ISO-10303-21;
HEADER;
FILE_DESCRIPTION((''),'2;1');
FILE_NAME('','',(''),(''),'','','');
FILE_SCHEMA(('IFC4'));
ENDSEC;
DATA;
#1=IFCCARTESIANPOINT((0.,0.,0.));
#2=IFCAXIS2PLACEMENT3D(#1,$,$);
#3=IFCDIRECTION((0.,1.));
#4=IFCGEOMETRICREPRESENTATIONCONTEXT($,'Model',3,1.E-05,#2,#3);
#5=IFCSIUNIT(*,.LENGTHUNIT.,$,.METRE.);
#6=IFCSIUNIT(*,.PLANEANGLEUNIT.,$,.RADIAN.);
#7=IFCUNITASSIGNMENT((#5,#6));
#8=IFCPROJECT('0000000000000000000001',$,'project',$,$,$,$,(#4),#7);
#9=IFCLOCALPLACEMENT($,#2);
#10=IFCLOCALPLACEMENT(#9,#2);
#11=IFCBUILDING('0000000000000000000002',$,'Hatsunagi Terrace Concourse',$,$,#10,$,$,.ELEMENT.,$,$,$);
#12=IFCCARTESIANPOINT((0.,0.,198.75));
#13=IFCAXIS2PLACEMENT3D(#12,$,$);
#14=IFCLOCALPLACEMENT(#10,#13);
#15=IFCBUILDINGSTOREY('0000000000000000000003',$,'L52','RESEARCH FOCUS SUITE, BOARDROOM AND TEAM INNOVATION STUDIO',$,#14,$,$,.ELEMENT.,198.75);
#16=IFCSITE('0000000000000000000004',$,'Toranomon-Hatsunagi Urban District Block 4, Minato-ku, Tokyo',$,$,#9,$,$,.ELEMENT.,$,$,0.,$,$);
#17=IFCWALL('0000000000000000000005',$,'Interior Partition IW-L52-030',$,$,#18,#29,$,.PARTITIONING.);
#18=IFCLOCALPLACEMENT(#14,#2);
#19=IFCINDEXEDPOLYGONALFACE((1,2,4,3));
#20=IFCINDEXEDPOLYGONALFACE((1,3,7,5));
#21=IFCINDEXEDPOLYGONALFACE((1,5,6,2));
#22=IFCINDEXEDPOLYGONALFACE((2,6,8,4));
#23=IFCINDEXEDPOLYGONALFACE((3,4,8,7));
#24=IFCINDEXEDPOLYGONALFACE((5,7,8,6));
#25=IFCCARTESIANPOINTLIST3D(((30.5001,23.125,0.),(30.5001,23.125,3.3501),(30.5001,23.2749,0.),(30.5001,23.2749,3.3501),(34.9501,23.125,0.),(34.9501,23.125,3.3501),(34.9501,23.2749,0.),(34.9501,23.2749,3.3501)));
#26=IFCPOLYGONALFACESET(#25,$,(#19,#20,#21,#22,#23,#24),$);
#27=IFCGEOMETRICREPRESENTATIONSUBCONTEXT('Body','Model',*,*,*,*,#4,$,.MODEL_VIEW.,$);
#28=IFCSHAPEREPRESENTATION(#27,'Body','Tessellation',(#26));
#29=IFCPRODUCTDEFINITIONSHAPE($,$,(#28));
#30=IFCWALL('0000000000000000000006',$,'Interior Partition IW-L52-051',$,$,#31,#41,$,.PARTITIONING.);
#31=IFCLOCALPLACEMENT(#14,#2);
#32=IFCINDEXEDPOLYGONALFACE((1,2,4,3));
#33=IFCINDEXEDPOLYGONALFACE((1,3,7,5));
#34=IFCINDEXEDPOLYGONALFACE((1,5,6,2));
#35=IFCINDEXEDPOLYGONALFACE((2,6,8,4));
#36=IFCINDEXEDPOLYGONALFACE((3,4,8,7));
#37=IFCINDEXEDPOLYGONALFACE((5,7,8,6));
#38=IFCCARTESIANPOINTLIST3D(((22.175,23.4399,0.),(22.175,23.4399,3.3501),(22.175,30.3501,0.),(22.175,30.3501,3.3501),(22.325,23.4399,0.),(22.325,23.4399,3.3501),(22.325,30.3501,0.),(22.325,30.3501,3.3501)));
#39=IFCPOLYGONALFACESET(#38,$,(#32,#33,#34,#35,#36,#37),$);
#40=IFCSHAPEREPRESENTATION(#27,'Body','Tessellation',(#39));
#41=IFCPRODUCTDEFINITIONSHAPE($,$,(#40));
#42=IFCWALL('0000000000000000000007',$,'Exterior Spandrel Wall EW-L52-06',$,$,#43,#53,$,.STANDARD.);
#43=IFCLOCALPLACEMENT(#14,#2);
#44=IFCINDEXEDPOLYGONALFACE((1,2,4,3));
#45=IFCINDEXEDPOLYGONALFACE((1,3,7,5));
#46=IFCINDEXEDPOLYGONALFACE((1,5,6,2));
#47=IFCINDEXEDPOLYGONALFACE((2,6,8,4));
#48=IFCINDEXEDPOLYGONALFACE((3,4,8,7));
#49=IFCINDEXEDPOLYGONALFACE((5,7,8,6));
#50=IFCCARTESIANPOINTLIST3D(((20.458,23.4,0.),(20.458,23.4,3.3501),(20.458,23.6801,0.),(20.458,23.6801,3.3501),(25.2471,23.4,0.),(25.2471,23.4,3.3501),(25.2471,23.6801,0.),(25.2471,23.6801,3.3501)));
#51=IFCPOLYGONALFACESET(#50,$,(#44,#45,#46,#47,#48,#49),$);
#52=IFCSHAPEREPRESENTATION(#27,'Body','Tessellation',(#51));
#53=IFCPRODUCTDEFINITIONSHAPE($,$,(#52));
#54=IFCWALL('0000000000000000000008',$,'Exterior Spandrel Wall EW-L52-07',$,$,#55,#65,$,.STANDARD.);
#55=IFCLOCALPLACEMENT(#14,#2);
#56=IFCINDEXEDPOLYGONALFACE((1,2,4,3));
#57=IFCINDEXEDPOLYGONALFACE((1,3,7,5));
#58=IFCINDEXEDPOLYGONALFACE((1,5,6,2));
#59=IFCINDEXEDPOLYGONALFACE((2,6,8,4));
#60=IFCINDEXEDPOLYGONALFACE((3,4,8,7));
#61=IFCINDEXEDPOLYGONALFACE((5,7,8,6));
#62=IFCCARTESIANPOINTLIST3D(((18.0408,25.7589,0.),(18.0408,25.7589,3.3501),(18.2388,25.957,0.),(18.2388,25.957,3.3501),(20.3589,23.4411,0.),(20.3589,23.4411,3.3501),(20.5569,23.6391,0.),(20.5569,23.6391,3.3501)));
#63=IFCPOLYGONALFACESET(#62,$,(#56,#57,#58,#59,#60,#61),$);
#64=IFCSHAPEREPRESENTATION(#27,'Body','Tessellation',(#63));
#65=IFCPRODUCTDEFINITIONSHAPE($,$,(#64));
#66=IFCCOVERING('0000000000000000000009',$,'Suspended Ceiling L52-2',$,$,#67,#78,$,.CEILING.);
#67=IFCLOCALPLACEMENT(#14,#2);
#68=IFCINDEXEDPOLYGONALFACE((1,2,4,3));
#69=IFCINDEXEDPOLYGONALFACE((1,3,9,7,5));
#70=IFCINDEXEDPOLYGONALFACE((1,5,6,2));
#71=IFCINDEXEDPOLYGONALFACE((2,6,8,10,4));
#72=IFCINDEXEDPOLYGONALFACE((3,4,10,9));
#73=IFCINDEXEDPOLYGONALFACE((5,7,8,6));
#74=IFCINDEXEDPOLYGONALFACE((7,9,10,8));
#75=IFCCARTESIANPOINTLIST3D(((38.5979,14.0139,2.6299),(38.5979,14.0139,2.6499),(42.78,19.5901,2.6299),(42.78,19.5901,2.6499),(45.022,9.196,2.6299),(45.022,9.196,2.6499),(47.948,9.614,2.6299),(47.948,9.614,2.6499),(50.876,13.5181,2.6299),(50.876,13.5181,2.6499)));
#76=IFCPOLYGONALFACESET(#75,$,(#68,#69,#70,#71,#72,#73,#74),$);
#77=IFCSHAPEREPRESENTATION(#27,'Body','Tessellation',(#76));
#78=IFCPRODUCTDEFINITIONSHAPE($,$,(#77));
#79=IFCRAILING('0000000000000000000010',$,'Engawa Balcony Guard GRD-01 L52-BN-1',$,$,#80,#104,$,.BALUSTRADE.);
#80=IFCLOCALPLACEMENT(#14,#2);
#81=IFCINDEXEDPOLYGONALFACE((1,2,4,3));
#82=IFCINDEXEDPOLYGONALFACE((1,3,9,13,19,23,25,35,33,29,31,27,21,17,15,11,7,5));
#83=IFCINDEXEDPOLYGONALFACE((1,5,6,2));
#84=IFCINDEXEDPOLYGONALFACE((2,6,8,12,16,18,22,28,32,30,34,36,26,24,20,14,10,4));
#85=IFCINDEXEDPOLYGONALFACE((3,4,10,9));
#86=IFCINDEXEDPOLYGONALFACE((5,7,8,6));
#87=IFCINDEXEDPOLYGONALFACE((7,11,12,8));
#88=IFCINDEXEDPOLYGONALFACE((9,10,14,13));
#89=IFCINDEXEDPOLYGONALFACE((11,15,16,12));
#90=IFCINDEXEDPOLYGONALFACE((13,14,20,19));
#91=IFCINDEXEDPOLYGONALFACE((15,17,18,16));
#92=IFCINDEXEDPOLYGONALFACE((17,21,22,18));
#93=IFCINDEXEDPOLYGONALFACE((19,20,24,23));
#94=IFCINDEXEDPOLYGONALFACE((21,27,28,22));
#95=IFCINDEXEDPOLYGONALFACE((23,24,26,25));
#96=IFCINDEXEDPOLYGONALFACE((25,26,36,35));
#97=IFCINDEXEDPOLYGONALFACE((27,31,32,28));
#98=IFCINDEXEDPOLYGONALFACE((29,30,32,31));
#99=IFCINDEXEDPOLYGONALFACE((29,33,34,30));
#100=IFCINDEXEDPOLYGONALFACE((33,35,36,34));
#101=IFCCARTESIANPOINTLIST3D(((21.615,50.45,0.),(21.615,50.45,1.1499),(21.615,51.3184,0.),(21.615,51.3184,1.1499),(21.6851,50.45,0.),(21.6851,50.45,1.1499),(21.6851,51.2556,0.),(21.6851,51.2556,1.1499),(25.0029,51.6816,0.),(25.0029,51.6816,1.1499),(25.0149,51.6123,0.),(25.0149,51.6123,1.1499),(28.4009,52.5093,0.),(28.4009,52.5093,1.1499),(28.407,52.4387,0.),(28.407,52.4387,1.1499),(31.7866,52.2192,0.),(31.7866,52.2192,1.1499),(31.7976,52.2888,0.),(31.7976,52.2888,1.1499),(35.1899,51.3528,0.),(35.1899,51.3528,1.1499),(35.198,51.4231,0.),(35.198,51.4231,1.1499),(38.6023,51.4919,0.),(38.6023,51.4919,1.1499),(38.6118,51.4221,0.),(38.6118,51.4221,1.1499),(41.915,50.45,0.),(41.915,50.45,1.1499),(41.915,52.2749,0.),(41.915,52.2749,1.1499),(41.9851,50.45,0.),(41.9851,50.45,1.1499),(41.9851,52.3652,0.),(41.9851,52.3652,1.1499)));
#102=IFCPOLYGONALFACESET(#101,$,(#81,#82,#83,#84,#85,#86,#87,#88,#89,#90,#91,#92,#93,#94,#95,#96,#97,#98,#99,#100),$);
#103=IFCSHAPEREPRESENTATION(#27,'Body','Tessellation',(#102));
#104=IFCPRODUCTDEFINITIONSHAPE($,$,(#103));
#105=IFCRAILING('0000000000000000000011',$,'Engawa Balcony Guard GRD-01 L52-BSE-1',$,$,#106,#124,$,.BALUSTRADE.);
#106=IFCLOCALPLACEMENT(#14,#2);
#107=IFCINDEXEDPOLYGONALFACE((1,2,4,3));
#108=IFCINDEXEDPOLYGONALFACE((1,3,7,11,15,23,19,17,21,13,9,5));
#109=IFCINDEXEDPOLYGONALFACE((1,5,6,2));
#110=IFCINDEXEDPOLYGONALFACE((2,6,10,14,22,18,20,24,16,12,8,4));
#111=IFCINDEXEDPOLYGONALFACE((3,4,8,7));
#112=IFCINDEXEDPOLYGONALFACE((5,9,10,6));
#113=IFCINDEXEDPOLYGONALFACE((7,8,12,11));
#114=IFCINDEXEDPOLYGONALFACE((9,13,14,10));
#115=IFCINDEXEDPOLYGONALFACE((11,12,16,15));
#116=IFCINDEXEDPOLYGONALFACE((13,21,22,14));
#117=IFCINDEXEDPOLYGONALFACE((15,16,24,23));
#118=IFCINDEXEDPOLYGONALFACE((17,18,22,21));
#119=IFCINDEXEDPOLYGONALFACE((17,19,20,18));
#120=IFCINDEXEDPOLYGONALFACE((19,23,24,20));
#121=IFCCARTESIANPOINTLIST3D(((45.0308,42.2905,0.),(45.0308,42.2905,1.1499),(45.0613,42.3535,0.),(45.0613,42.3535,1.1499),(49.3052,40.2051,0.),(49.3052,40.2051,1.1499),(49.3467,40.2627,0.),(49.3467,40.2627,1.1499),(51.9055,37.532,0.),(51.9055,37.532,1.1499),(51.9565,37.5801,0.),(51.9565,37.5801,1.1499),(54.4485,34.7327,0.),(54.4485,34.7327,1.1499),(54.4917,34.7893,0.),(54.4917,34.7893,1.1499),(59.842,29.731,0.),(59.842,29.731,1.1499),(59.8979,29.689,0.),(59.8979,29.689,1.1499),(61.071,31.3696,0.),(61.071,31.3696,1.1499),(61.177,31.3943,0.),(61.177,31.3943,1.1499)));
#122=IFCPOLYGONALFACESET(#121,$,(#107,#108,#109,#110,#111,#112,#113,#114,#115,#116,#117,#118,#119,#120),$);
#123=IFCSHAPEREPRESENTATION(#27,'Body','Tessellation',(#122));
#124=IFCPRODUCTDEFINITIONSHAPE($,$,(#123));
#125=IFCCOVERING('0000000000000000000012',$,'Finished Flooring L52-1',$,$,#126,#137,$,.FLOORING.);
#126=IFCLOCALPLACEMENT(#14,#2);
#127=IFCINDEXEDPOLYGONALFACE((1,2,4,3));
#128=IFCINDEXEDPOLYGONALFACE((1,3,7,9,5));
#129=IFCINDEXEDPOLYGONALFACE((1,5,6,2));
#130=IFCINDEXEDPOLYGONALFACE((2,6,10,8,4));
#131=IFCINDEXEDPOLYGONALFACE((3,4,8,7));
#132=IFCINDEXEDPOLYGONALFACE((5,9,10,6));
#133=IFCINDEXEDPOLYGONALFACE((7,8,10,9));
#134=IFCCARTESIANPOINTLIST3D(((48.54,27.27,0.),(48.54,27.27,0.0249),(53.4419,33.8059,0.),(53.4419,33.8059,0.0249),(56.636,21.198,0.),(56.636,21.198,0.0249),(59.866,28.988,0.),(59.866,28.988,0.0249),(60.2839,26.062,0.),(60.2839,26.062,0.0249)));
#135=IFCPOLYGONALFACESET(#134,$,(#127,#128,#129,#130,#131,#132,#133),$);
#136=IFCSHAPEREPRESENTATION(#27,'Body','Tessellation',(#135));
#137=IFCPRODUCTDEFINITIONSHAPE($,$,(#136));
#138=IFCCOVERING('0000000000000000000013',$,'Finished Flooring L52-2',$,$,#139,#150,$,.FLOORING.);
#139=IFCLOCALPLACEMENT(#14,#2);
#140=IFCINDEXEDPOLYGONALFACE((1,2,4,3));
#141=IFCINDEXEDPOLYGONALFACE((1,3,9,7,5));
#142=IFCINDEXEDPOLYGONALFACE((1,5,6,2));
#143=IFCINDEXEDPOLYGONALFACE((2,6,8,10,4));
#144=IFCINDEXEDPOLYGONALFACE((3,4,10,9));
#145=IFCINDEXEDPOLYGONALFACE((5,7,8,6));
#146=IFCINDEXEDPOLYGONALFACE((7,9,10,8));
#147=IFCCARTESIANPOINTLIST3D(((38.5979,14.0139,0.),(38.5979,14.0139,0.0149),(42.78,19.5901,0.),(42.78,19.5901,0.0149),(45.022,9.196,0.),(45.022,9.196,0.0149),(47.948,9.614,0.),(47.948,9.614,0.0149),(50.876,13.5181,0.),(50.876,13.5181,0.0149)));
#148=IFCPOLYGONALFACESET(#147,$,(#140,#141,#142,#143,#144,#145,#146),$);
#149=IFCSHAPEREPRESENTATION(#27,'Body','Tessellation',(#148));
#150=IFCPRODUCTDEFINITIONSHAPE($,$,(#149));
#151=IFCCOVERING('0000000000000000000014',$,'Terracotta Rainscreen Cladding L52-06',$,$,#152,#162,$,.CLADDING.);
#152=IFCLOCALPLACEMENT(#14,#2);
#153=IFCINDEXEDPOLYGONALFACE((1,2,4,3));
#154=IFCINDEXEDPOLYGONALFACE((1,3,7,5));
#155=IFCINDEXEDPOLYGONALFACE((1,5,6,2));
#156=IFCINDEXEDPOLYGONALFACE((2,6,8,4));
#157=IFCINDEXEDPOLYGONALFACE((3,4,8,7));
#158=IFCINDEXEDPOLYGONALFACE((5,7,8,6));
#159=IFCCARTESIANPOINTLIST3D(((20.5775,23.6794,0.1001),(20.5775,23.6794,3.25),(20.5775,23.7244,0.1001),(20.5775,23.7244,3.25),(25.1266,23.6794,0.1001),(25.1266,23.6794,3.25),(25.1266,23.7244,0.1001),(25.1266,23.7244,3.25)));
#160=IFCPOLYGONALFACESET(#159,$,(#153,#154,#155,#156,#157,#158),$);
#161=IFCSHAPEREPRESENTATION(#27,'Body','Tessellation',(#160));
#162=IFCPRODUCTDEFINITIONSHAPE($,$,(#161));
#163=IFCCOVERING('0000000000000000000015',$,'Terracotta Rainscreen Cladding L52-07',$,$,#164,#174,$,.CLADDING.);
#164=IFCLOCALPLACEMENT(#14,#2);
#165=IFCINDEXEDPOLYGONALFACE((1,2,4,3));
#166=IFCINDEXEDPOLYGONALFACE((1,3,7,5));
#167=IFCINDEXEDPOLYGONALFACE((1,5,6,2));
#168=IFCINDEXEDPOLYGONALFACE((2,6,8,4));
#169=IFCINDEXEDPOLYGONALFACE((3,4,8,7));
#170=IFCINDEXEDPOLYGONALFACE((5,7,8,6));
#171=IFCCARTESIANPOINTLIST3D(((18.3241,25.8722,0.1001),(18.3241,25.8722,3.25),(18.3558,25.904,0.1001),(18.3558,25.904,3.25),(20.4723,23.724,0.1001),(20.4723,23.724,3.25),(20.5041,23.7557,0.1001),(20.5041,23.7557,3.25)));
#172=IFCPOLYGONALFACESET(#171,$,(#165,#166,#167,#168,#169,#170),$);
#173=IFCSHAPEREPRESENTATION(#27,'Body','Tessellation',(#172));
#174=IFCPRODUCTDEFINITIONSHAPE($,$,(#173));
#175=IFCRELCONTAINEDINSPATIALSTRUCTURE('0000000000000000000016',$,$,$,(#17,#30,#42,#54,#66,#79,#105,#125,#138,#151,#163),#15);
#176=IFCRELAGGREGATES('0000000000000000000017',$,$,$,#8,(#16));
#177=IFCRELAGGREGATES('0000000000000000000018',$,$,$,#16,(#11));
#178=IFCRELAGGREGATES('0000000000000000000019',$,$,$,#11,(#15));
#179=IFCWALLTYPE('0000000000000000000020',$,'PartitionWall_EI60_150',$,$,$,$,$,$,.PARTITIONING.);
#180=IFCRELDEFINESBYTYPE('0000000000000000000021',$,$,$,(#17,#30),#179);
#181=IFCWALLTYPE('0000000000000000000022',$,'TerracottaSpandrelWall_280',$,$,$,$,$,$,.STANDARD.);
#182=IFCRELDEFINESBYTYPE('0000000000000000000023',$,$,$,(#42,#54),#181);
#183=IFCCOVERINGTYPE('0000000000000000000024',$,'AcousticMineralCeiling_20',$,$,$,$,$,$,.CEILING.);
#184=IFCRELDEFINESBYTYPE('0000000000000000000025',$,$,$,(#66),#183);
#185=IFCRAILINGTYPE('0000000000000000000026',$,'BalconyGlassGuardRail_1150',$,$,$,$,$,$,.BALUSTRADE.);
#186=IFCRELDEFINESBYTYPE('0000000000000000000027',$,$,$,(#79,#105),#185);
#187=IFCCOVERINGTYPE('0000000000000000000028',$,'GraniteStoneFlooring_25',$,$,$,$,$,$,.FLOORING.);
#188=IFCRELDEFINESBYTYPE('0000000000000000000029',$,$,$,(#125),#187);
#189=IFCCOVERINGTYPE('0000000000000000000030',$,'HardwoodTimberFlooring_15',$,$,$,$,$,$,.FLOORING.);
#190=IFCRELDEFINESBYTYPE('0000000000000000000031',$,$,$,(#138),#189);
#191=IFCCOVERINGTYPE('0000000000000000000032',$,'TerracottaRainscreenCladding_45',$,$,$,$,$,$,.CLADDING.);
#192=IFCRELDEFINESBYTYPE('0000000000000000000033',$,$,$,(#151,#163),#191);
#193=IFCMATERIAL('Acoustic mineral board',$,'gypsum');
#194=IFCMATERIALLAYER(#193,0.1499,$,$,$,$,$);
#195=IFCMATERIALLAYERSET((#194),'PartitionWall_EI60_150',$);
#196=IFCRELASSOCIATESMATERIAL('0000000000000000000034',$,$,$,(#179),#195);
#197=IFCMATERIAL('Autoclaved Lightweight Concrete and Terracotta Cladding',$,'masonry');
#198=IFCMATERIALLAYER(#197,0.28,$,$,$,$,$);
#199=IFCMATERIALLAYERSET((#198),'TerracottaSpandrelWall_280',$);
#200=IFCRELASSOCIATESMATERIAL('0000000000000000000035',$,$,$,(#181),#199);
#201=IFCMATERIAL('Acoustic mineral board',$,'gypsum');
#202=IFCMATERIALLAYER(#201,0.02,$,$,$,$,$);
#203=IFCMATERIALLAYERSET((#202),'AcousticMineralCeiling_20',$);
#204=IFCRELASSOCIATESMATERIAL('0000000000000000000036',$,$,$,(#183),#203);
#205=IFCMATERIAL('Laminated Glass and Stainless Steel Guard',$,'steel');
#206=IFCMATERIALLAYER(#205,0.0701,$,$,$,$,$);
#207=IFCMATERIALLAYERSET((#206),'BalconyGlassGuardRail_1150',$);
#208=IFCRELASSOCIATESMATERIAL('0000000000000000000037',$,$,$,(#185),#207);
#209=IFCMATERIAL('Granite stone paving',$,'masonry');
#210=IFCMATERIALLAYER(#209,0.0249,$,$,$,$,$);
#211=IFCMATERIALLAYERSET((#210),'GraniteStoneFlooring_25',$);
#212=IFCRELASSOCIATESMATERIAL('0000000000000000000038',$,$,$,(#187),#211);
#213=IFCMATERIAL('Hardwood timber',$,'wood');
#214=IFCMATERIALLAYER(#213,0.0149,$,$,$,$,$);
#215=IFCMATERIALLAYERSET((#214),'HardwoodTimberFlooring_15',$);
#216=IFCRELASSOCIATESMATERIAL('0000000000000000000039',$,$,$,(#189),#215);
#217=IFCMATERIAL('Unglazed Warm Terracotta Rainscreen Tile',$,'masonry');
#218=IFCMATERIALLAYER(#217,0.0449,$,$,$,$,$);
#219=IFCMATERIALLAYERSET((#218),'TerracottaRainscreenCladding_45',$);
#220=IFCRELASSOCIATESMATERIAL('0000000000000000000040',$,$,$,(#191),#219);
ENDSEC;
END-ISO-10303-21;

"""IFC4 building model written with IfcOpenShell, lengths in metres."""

from ifc_helpers import new_model, si_unit, direction, frame, frame_2d, origin, origin_2d, place, context, subcontext, project, spatial, polyline, rectangle, outline, extrude, material, layer, layer_set, type_object, element, save


model = new_model("IFC4")

# Units and contexts
model_context = context("Model", 3, precision=1e-05, world=origin(), true_north=direction((0.0, 1.0)))
body_context = subcontext(model_context, "Body", "Model", "MODEL_VIEW")
ifc_project = project(units=[si_unit("LENGTHUNIT", "METRE"), si_unit("PLANEANGLEUNIT", "RADIAN")], contexts=[model_context])

# Site, building, storey
site_placement = place(None, origin())
site = spatial("IfcSite", under=ifc_project, at=site_placement, Name="Toranomon-Hatsunagi Urban District Block 4, Minato-ku, Tokyo", CompositionType="ELEMENT", RefElevation=0.0)
building_placement = place(site_placement, origin())
building = spatial("IfcBuilding", under=site, at=building_placement, Name="Hatsunagi Terrace Concourse", CompositionType="ELEMENT")
storey_placement = place(building_placement, frame((0.0, 0.0, 198.75)))
storey = spatial("IfcBuildingStorey", under=building, at=storey_placement, Name="L52", Description="RESEARCH FOCUS SUITE, BOARDROOM AND TEAM INNOVATION STUDIO", CompositionType="ELEMENT", Elevation=198.75)

# Wall
ifc_material_1 = material(Name="Acoustic mineral board", Category="gypsum")
ifc_layer_1 = layer(ifc_material_1, 0.1499)
ifc_layer_set_1 = layer_set([ifc_layer_1], Name="PartitionWall_EI60_150")
wall_type_1 = type_object("IfcWallType", Name="PartitionWall_EI60_150", PredefinedType="PARTITIONING", material=ifc_layer_set_1)
wall_1_placement = place(storey_placement, frame((30.5, 23.2, 0.0), z_axis=(0.0, 0.0, 1.0), x_axis=(1.0, 0.0, 0.0)))
element("IfcWall", 1, at=wall_1_placement, inside=storey, type_object=wall_type_1, Name="Interior Partition IW-L52-030", PredefinedType="PARTITIONING", context=body_context, shape_type="SweptSolid", body=[
    extrude(rectangle(XDim=4.45, YDim=0.1499, at=frame_2d((2.2251, 0.0))), origin(), (0.0, 0.0, 1.0), 3.3501),
])

# Walls
wall_2_placement = place(storey_placement, frame((22.25, 23.4399, 0.0), z_axis=(0.0, 0.0, 1.0), x_axis=(0.0, 1.0, 0.0)))
element("IfcWall", 2, at=wall_2_placement, inside=storey, type_object=wall_type_1, Name="Interior Partition IW-L52-051", PredefinedType="PARTITIONING", context=body_context, shape_type="SweptSolid", body=[
    extrude(rectangle(XDim=6.9102, YDim=0.1499, at=frame_2d((3.4551, 0.0))), origin(), (0.0, 0.0, 1.0), 3.3501),
])
ifc_material_2 = material(Name="Autoclaved Lightweight Concrete and Terracotta Cladding", Category="masonry")
ifc_layer_2 = layer(ifc_material_2, 0.28)
ifc_layer_set_2 = layer_set([ifc_layer_2], Name="TerracottaSpandrelWall_280")
wall_type_2 = type_object("IfcWallType", Name="TerracottaSpandrelWall_280", PredefinedType="STANDARD", material=ifc_layer_set_2)
wall_3_placement = place(storey_placement, frame((25.2471, 23.54, 0.0), z_axis=(0.0, 0.0, 1.0), x_axis=(-1.0, 0.0, 0.0)))
element("IfcWall", 3, at=wall_3_placement, inside=storey, type_object=wall_type_2, Name="Exterior Spandrel Wall EW-L52-06", PredefinedType="STANDARD", context=body_context, shape_type="SweptSolid", body=[
    extrude(rectangle(XDim=4.7891, YDim=0.28, at=frame_2d((2.3945, 0.0))), origin(), (0.0, 0.0, 1.0), 3.3501),
])
wall_4_placement = place(storey_placement, frame((20.458, 23.54, 0.0), z_axis=(0.0, 0.0, 1.0), x_axis=(-0.707144, 0.70707, 0.0)))
element("IfcWall", 4, at=wall_4_placement, inside=storey, type_object=wall_type_2, Name="Exterior Spandrel Wall EW-L52-07", PredefinedType="STANDARD", context=body_context, shape_type="SweptSolid", body=[
    extrude(rectangle(XDim=3.2781, YDim=0.28, at=frame_2d((1.6392, 0.0))), origin(), (0.0, 0.0, 1.0), 3.3501),
])

# Covering
ifc_material_3 = material(Name="Acoustic mineral board", Category="gypsum")
ifc_layer_3 = layer(ifc_material_3, 0.02)
ifc_layer_set_3 = layer_set([ifc_layer_3], Name="AcousticMineralCeiling_20")
covering_type_1 = type_object("IfcCoveringType", Name="AcousticMineralCeiling_20", PredefinedType="CEILING", material=ifc_layer_set_3)
covering_1_placement = place(storey_placement, frame((0.0, 0.0, 2.6299)))
element("IfcCovering", 5, at=covering_1_placement, inside=storey, type_object=covering_type_1, Name="Suspended Ceiling L52-2", PredefinedType="CEILING", context=body_context, shape_type="SweptSolid", body=[
    extrude(outline(polyline([(47.948, 9.614), (50.876, 13.5181), (42.78, 19.5901), (38.5979, 14.0139), (45.022, 9.196), (47.948, 9.614)])), origin(), (0.0, 0.0, 1.0), 0.02),
])

# Railings
ifc_material_4 = material(Name="Laminated Glass and Stainless Steel Guard", Category="steel")
ifc_layer_4 = layer(ifc_material_4, 0.0701)
ifc_layer_set_4 = layer_set([ifc_layer_4], Name="BalconyGlassGuardRail_1150")
railing_type = type_object("IfcRailingType", Name="BalconyGlassGuardRail_1150", PredefinedType="BALUSTRADE", material=ifc_layer_set_4)
railing_1_placement = place(storey_placement, origin())
element("IfcRailing", 6, at=railing_1_placement, inside=storey, type_object=railing_type, Name="Engawa Balcony Guard GRD-01 L52-BN-1", PredefinedType="BALUSTRADE", context=body_context, shape_type="SweptSolid", body=[
    extrude(outline(polyline([(21.615, 50.45), (21.6851, 50.45), (21.6851, 51.2556), (25.0149, 51.6123), (28.407, 52.4387), (31.7866, 52.2192), (35.1899, 51.3528), (38.6118, 51.4221), (41.915, 52.2749), (41.915, 50.45), (41.9851, 50.45), (41.9851, 52.3652), (38.6023, 51.4919), (35.198, 51.4231), (31.7976, 52.2888), (28.4009, 52.5093), (25.0029, 51.6816), (21.615, 51.3184), (21.615, 50.45)])), origin(), (0.0, 0.0, 1.0), 1.1499),
])
railing_2_placement = place(storey_placement, origin())
element("IfcRailing", 7, at=railing_2_placement, inside=storey, type_object=railing_type, Name="Engawa Balcony Guard GRD-01 L52-BSE-1", PredefinedType="BALUSTRADE", context=body_context, shape_type="SweptSolid", body=[
    extrude(outline(polyline([(45.0613, 42.3535), (45.0308, 42.2905), (49.3052, 40.2051), (51.9055, 37.532), (54.4485, 34.7327), (61.071, 31.3696), (59.842, 29.731), (59.8979, 29.689), (61.177, 31.3943), (54.4917, 34.7893), (51.9565, 37.5801), (49.3467, 40.2627), (45.0613, 42.3535)])), origin(), (0.0, 0.0, 1.0), 1.1499),
])

# Coverings
ifc_material_5 = material(Name="Granite stone paving", Category="masonry")
ifc_layer_5 = layer(ifc_material_5, 0.0249)
ifc_layer_set_5 = layer_set([ifc_layer_5], Name="GraniteStoneFlooring_25")
covering_type_2 = type_object("IfcCoveringType", Name="GraniteStoneFlooring_25", PredefinedType="FLOORING", material=ifc_layer_set_5)
covering_2_placement = place(storey_placement, origin())
element("IfcCovering", 8, at=covering_2_placement, inside=storey, type_object=covering_type_2, Name="Finished Flooring L52-1", PredefinedType="FLOORING", context=body_context, shape_type="SweptSolid", body=[
    extrude(outline(polyline([(59.866, 28.988), (53.4419, 33.8059), (48.54, 27.27), (56.636, 21.198), (60.2839, 26.062), (59.866, 28.988)])), origin(), (0.0, 0.0, 1.0), 0.0249),
])
ifc_material_6 = material(Name="Hardwood timber", Category="wood")
ifc_layer_6 = layer(ifc_material_6, 0.0149)
ifc_layer_set_6 = layer_set([ifc_layer_6], Name="HardwoodTimberFlooring_15")
covering_type_3 = type_object("IfcCoveringType", Name="HardwoodTimberFlooring_15", PredefinedType="FLOORING", material=ifc_layer_set_6)
covering_3_placement = place(storey_placement, origin())
element("IfcCovering", 9, at=covering_3_placement, inside=storey, type_object=covering_type_3, Name="Finished Flooring L52-2", PredefinedType="FLOORING", context=body_context, shape_type="SweptSolid", body=[
    extrude(outline(polyline([(47.948, 9.614), (50.876, 13.5181), (42.78, 19.5901), (38.5979, 14.0139), (45.022, 9.196), (47.948, 9.614)])), origin(), (0.0, 0.0, 1.0), 0.0149),
])
ifc_material_7 = material(Name="Unglazed Warm Terracotta Rainscreen Tile", Category="masonry")
ifc_layer_7 = layer(ifc_material_7, 0.0449)
ifc_layer_set_7 = layer_set([ifc_layer_7], Name="TerracottaRainscreenCladding_45")
covering_type_4 = type_object("IfcCoveringType", Name="TerracottaRainscreenCladding_45", PredefinedType="CLADDING", material=ifc_layer_set_7)
covering_4_placement = place(storey_placement, frame((22.8521, 23.7019, 0.1001), z_axis=(0.0, 0.0, 1.0), x_axis=(-1.0, 0.0, 0.0)))
element("IfcCovering", 10, at=covering_4_placement, inside=storey, type_object=covering_type_4, Name="Terracotta Rainscreen Cladding L52-06", PredefinedType="CLADDING", context=body_context, shape_type="SweptSolid", body=[
    extrude(rectangle(XDim=4.5491, YDim=0.0449, at=origin_2d()), origin(), (0.0, 0.0, 1.0), 3.1499),
])
covering_5_placement = place(storey_placement, frame((19.4141, 24.814, 0.1001), z_axis=(0.0, 0.0, 1.0), x_axis=(-0.707107, 0.707107, 0.0)))
element("IfcCovering", 11, at=covering_5_placement, inside=storey, type_object=covering_type_4, Name="Terracotta Rainscreen Cladding L52-07", PredefinedType="CLADDING", context=body_context, shape_type="SweptSolid", body=[
    extrude(rectangle(XDim=3.0381, YDim=0.0449, at=origin_2d()), origin(), (0.0, 0.0, 1.0), 3.1499),
])

save(model, "model.ifc")
